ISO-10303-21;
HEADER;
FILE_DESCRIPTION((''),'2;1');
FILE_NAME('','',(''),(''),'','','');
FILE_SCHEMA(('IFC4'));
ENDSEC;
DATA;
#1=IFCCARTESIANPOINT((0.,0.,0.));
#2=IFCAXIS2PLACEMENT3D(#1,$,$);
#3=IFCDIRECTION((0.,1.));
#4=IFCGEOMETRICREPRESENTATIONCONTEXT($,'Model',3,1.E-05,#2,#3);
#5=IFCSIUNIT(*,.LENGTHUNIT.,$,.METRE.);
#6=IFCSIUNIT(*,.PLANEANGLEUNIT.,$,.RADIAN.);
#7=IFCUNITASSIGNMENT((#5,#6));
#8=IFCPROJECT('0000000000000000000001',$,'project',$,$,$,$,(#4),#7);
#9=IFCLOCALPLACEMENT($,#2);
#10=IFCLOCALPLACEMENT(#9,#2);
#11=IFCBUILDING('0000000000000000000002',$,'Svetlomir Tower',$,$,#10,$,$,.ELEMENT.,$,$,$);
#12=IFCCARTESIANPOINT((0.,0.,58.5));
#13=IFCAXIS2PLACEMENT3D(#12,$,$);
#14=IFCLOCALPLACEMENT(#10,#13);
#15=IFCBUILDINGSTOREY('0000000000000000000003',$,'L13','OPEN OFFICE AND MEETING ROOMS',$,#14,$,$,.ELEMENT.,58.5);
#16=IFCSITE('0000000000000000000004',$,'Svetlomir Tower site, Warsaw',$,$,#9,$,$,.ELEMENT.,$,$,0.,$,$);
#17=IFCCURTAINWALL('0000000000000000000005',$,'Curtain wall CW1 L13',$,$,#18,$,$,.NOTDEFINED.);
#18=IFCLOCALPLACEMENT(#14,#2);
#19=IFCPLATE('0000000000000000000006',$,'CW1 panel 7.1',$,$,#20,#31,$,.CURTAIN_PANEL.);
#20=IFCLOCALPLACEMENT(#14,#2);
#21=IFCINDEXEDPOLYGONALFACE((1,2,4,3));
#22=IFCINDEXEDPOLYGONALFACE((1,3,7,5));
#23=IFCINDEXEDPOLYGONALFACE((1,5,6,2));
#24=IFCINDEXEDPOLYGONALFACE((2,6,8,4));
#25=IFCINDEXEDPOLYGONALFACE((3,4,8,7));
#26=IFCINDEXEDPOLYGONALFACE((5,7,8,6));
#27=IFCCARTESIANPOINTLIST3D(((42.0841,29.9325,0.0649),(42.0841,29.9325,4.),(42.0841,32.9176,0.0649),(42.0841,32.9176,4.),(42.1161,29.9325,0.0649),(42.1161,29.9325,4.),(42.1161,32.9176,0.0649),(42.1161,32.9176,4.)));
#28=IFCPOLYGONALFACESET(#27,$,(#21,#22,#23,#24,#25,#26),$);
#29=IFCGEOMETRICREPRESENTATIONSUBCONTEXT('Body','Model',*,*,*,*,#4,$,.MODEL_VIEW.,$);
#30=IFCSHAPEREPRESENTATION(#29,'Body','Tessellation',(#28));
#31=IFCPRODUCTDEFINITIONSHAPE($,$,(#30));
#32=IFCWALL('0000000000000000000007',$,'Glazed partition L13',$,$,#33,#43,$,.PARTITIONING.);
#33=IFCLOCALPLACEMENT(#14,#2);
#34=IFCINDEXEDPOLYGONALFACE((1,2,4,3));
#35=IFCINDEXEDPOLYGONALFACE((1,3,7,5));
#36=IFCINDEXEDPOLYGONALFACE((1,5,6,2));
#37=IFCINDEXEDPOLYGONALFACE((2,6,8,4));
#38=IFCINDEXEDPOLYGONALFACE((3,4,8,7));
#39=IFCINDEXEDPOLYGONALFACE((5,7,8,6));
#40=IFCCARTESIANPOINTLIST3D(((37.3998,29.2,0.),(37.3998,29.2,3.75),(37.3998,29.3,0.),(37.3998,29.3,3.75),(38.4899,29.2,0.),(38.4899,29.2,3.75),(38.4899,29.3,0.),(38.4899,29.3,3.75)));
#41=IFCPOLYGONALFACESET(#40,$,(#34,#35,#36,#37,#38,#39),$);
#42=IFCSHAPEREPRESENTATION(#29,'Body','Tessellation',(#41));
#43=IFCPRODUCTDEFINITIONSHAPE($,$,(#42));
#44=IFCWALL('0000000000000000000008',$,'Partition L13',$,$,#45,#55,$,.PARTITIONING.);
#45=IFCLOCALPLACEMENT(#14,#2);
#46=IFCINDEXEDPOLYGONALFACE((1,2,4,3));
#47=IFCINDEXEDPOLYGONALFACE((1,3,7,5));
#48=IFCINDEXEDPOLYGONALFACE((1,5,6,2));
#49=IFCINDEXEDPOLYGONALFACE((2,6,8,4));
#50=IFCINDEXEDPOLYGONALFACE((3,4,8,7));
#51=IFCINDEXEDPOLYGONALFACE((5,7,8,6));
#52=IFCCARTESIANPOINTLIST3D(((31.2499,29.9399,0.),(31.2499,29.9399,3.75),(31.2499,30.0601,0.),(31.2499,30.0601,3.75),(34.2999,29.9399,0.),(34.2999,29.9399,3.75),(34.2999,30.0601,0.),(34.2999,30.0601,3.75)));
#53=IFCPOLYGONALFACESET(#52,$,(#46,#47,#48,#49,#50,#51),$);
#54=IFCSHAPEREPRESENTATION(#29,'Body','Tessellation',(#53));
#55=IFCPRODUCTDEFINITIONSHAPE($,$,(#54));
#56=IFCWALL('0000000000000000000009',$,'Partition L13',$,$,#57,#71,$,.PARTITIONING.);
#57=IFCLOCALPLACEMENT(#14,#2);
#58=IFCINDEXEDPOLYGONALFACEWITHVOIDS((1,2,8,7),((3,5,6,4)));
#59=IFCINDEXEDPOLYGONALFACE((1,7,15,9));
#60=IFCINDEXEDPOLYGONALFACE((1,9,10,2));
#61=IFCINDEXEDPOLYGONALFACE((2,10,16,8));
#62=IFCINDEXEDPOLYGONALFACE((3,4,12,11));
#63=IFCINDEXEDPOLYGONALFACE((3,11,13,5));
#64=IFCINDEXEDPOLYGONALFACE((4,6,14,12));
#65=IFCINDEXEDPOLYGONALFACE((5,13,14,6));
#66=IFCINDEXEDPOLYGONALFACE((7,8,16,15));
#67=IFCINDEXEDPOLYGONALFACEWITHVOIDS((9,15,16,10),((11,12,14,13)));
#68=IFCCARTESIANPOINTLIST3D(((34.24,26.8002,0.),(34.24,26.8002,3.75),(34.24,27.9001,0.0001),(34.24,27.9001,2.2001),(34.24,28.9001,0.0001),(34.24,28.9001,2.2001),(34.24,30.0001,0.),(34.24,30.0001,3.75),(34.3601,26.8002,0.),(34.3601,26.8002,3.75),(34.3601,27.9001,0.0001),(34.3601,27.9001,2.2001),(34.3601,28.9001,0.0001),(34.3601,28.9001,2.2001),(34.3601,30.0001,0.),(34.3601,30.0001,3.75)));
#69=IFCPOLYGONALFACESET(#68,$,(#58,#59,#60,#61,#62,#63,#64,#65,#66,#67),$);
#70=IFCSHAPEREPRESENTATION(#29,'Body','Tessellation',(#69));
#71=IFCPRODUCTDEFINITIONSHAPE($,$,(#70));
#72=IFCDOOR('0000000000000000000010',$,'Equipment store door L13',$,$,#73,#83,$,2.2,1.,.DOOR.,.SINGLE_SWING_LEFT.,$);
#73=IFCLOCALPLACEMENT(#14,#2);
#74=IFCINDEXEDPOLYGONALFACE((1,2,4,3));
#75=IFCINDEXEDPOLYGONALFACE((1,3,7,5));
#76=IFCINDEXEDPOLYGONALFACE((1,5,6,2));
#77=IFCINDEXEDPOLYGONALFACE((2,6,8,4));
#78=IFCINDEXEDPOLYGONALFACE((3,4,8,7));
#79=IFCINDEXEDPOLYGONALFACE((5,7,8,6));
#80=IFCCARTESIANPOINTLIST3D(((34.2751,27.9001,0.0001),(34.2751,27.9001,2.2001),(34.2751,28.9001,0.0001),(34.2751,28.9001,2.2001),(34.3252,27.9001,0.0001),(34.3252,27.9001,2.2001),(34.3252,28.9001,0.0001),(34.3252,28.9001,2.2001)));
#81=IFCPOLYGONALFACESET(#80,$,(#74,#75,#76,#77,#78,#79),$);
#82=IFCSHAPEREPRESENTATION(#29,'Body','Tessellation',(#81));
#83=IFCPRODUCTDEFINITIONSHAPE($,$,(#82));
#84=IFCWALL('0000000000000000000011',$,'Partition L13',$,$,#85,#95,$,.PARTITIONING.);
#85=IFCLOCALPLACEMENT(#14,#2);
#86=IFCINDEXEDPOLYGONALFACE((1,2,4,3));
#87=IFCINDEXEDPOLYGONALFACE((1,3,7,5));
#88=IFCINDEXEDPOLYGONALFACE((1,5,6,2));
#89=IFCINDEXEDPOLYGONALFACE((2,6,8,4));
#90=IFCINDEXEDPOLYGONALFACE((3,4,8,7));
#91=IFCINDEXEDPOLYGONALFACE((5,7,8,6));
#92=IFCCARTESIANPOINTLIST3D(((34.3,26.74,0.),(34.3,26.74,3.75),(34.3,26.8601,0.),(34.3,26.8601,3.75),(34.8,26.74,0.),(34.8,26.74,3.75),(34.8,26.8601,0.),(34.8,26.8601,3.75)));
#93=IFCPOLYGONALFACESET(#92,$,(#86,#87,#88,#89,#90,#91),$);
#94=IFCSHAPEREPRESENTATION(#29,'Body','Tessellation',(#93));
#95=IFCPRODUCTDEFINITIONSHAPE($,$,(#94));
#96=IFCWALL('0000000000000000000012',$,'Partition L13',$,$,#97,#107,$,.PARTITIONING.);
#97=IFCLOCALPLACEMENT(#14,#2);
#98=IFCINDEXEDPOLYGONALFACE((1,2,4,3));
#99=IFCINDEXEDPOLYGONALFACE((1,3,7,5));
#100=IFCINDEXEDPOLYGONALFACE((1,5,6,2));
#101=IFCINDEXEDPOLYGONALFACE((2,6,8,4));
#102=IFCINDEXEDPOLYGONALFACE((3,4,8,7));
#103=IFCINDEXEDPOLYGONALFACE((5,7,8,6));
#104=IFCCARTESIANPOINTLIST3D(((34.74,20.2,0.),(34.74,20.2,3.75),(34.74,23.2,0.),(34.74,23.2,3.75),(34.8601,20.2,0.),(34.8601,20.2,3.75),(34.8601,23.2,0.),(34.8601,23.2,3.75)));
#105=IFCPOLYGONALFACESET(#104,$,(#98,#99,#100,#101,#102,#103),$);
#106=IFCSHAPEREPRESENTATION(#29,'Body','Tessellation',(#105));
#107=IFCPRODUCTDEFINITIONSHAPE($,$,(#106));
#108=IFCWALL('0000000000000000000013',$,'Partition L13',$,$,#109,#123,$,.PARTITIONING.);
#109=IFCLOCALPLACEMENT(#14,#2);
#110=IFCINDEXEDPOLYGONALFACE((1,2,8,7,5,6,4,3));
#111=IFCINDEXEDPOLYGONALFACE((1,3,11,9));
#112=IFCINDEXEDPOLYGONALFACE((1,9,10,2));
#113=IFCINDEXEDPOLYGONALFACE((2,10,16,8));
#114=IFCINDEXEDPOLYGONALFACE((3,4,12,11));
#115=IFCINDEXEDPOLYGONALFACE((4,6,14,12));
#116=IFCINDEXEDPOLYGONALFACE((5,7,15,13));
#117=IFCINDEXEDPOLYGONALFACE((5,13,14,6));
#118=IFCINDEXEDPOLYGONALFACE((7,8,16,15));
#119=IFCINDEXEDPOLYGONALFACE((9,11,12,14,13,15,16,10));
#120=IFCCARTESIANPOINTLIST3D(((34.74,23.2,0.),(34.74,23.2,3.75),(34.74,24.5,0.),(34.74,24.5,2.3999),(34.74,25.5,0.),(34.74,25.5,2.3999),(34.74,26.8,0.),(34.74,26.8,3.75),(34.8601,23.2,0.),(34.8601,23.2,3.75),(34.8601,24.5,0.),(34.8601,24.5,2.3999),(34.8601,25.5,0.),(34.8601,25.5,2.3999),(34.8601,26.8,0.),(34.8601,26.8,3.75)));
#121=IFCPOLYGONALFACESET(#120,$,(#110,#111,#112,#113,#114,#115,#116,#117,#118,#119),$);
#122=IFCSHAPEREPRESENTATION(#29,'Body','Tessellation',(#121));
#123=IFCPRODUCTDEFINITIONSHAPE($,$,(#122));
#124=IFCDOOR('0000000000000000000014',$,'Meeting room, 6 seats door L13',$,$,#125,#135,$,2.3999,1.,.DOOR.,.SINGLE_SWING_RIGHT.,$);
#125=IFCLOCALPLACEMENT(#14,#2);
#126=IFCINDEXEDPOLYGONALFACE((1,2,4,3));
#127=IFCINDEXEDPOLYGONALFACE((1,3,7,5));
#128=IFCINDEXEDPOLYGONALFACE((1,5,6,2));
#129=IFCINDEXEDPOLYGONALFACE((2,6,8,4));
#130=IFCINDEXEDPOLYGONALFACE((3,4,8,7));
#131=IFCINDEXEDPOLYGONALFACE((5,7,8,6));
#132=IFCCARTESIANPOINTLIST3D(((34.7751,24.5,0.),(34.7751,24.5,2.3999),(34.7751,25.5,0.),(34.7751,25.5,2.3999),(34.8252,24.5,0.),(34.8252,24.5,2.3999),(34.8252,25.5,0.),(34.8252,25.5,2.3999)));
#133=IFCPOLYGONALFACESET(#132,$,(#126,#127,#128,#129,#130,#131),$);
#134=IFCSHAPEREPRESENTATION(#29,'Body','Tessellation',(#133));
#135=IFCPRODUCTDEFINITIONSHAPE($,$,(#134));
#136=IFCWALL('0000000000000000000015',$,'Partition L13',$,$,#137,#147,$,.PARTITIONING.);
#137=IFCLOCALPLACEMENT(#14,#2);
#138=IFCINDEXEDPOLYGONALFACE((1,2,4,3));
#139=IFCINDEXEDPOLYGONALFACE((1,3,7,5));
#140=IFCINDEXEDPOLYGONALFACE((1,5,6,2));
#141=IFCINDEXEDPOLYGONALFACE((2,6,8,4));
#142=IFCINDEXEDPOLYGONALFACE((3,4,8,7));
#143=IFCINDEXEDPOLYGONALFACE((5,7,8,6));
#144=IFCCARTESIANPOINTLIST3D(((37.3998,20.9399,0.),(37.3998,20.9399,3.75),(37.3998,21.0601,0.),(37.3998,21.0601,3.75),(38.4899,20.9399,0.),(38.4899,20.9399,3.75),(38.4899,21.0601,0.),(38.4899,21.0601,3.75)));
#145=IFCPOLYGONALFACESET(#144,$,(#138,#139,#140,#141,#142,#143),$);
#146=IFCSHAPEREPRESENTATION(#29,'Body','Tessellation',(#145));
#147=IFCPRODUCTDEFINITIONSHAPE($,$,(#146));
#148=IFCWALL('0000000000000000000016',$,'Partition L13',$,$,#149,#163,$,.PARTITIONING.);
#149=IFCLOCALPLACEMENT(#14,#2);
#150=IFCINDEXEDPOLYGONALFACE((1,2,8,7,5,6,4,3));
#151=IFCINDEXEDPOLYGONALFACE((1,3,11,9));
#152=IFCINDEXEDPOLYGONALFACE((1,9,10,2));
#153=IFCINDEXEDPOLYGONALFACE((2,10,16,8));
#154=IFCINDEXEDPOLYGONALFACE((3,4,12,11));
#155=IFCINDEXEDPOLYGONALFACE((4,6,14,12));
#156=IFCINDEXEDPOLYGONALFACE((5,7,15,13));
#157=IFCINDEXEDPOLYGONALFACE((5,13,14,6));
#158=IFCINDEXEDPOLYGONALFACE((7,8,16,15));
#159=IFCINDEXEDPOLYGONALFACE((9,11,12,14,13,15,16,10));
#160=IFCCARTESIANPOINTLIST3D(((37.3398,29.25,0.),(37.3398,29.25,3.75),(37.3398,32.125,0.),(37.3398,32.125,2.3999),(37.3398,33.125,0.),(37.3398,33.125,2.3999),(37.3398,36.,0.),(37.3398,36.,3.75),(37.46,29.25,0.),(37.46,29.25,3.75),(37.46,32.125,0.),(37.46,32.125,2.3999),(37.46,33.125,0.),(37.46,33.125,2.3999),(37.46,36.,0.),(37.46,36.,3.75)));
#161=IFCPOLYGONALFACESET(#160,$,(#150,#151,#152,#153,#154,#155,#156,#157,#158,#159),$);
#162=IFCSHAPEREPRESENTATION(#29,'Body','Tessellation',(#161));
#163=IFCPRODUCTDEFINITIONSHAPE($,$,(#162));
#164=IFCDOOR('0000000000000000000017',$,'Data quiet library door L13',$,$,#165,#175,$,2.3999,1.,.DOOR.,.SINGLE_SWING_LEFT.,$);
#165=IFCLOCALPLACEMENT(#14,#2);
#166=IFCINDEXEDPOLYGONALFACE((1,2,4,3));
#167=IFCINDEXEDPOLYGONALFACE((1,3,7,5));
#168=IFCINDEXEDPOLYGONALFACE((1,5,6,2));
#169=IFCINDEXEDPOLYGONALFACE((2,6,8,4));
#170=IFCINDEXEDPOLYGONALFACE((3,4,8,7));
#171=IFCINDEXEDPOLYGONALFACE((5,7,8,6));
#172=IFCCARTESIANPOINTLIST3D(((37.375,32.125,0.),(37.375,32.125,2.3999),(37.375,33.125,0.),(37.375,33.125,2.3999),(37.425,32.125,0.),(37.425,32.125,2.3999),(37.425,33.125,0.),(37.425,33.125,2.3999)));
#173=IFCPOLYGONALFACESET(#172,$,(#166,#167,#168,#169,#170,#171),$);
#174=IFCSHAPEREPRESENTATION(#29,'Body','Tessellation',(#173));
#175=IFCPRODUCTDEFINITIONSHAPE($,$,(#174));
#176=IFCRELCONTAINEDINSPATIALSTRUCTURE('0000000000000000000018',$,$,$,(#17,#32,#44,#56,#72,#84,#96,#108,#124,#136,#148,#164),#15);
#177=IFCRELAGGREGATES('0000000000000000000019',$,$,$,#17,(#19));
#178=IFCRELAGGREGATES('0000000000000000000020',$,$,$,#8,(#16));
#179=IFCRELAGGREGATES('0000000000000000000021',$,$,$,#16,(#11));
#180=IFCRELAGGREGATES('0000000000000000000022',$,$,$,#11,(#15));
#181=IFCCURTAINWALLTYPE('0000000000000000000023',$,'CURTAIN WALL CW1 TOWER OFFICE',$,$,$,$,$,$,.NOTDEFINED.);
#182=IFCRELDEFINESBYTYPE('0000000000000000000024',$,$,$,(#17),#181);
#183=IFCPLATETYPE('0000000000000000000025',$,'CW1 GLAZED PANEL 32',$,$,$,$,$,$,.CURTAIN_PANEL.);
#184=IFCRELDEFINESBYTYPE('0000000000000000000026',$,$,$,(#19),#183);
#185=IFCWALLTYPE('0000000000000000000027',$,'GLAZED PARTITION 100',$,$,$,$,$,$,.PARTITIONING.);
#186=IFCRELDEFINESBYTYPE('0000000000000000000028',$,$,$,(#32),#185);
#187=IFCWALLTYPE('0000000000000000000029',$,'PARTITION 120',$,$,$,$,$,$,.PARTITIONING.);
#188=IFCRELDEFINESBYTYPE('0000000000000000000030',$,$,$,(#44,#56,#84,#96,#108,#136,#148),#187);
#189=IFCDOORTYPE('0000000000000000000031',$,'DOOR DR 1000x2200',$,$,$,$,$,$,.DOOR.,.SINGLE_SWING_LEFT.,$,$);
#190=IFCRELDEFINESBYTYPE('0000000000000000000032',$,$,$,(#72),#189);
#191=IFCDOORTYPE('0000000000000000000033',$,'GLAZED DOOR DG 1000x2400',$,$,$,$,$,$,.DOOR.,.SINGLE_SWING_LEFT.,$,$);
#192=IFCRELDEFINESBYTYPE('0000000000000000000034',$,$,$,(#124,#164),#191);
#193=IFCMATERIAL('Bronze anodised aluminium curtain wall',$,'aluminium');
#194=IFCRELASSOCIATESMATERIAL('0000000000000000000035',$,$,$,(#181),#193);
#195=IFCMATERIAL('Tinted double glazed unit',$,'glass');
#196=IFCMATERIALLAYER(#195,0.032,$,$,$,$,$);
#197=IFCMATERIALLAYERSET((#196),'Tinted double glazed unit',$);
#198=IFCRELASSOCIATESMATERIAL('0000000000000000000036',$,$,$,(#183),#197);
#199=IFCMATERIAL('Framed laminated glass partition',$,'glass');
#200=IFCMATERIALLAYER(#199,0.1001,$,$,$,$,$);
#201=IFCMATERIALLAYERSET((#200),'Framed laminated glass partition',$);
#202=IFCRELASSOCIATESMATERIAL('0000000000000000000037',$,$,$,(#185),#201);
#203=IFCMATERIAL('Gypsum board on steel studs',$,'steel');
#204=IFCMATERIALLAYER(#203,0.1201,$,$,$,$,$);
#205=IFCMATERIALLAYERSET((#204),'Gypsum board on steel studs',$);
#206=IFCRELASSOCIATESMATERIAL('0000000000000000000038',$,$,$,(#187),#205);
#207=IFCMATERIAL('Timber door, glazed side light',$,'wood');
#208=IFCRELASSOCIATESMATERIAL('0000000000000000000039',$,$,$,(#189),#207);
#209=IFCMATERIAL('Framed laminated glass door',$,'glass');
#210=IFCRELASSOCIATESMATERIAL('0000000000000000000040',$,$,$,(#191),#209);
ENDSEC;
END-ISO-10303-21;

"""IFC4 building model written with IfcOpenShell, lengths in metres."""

from ifc_helpers import new_model, si_unit, direction, frame, frame_2d, origin, origin_2d, place, context, subcontext, project, spatial, rectangle, extrude, material, layer, layer_set, type_object, element, fill, aggregate, save


model = new_model("IFC4")

# Units and contexts
model_context = context("Model", 3, precision=1e-05, world=origin(), true_north=direction((0.0, 1.0)))
body_context = subcontext(model_context, "Body", "Model", "MODEL_VIEW")
ifc_project = project(units=[si_unit("LENGTHUNIT", "METRE"), si_unit("PLANEANGLEUNIT", "RADIAN")], contexts=[model_context])

# Site, building, storey
site_placement = place(None, origin())
site = spatial("IfcSite", under=ifc_project, at=site_placement, Name="Svetlomir Tower site, Warsaw", CompositionType="ELEMENT", RefElevation=0.0)
building_placement = place(site_placement, origin())
building = spatial("IfcBuilding", under=site, at=building_placement, Name="Svetlomir Tower", CompositionType="ELEMENT")
storey_placement = place(building_placement, frame((0.0, 0.0, 58.5)))
storey = spatial("IfcBuildingStorey", under=building, at=storey_placement, Name="L13", Description="OPEN OFFICE AND MEETING ROOMS", CompositionType="ELEMENT", Elevation=58.5)

# Curtain wall
ifc_material_1 = material(Name="Bronze anodised aluminium curtain wall", Category="aluminium")
curtain_wall_type = type_object("IfcCurtainWallType", Name="CURTAIN WALL CW1 TOWER OFFICE", PredefinedType="NOTDEFINED", material=ifc_material_1)
curtain_wall_placement = place(storey_placement, origin())
curtain_wall = element("IfcCurtainWall", 1, at=curtain_wall_placement, inside=storey, type_object=curtain_wall_type, Name="Curtain wall CW1 L13", PredefinedType="NOTDEFINED")

# Plate
ifc_material_2 = material(Name="Tinted double glazed unit", Category="glass")
ifc_layer_1 = layer(ifc_material_2, 0.032)
ifc_layer_set_1 = layer_set([ifc_layer_1], Name="Tinted double glazed unit")
plate_type = type_object("IfcPlateType", Name="CW1 GLAZED PANEL 32", PredefinedType="CURTAIN_PANEL", material=ifc_layer_set_1)
plate_1_placement = place(storey_placement, frame((42.1001, 31.425, 0.0649), z_axis=(0.0, 0.0, 1.0), x_axis=(0.0, 1.0, 0.0)))
plate_1 = element("IfcPlate", 2, at=plate_1_placement, type_object=plate_type, Name="CW1 panel 7.1", PredefinedType="CURTAIN_PANEL", context=body_context, shape_type="SweptSolid", body=[
    extrude(rectangle(XDim=2.9851, YDim=0.032, at=origin_2d()), origin(), (0.0, 0.0, 1.0), 3.9351),
])
aggregate(curtain_wall, [plate_1])

# Walls
ifc_material_3 = material(Name="Framed laminated glass partition", Category="glass")
ifc_layer_2 = layer(ifc_material_3, 0.1001)
ifc_layer_set_2 = layer_set([ifc_layer_2], Name="Framed laminated glass partition")
wall_type_1 = type_object("IfcWallType", Name="GLAZED PARTITION 100", PredefinedType="PARTITIONING", material=ifc_layer_set_2)
wall_1_placement = place(storey_placement, frame((37.3999, 29.25, 0.0), z_axis=(0.0, 0.0, 1.0), x_axis=(1.0, 0.0, 0.0)))
element("IfcWall", 3, at=wall_1_placement, inside=storey, type_object=wall_type_1, Name="Glazed partition L13", PredefinedType="PARTITIONING", context=body_context, shape_type="SweptSolid", body=[
    extrude(rectangle(XDim=1.0901, YDim=0.1001, at=frame_2d((0.5449, 0.0))), origin(), (0.0, 0.0, 1.0), 3.75),
])
ifc_material_4 = material(Name="Gypsum board on steel studs", Category="steel")
ifc_layer_3 = layer(ifc_material_4, 0.1201)
ifc_layer_set_3 = layer_set([ifc_layer_3], Name="Gypsum board on steel studs")
wall_type_2 = type_object("IfcWallType", Name="PARTITION 120", PredefinedType="PARTITIONING", material=ifc_layer_set_3)
wall_2_placement = place(storey_placement, frame((31.25, 30.0, 0.0), z_axis=(0.0, 0.0, 1.0), x_axis=(1.0, 0.0, 0.0)))
element("IfcWall", 4, at=wall_2_placement, inside=storey, type_object=wall_type_2, Name="Partition L13", PredefinedType="PARTITIONING", context=body_context, shape_type="SweptSolid", body=[
    extrude(rectangle(XDim=3.05, YDim=0.1201, at=frame_2d((1.5249, 0.0))), origin(), (0.0, 0.0, 1.0), 3.75),
])

# Wall, opening, door
wall_3_placement = place(storey_placement, frame((34.3, 26.8, 0.0), z_axis=(0.0, 0.0, 1.0), x_axis=(0.0, 1.0, 0.0)))
wall_3 = element("IfcWall", 5, at=wall_3_placement, inside=storey, type_object=wall_type_2, Name="Partition L13", PredefinedType="PARTITIONING", context=body_context, shape_type="SweptSolid", body=[
    extrude(rectangle(XDim=3.2, YDim=0.1201, at=frame_2d((1.6001, 0.0))), origin(), (0.0, 0.0, 1.0), 3.75),
])
opening_1_placement = place(wall_3_placement, frame((1.1001, 0.0, 0.0)))
opening_1 = element("IfcOpeningElement", 6, at=opening_1_placement, cuts=wall_3, PredefinedType="OPENING", context=body_context, shape_type="SweptSolid", body=[
    extrude(rectangle(XDim=1.0, YDim=2.2, at=frame_2d((0.5, 1.1001))), frame((0.0, 0.0701, 0.0), z_axis=(0.0, -1.0, 0.0), x_axis=(1.0, 0.0, 0.0)), (0.0, 0.0, 1.0), 0.1401),
])
ifc_material_5 = material(Name="Timber door, glazed side light", Category="wood")
door_type_1 = type_object("IfcDoorType", Name="DOOR DR 1000x2200", OperationType="SINGLE_SWING_LEFT", PredefinedType="DOOR", material=ifc_material_5)
door_1_placement = place(opening_1_placement, origin())
door_1 = element("IfcDoor", 7, at=door_1_placement, inside=storey, type_object=door_type_1, Name="Equipment store door L13", OperationType="SINGLE_SWING_LEFT", OverallHeight=2.2, OverallWidth=1.0, PredefinedType="DOOR", context=body_context, shape_type="SweptSolid", body=[
    extrude(rectangle(XDim=1.0, YDim=2.2, at=frame_2d((0.5, 1.1001))), frame((0.0, 0.0249, 0.0), z_axis=(0.0, -1.0, 0.0), x_axis=(1.0, 0.0, 0.0)), (0.0, 0.0, 1.0), 0.05),
])
fill(opening_1, door_1)

# Walls
wall_4_placement = place(storey_placement, frame((34.3, 26.8, 0.0), z_axis=(0.0, 0.0, 1.0), x_axis=(1.0, 0.0, 0.0)))
element("IfcWall", 8, at=wall_4_placement, inside=storey, type_object=wall_type_2, Name="Partition L13", PredefinedType="PARTITIONING", context=body_context, shape_type="SweptSolid", body=[
    extrude(rectangle(XDim=0.5, YDim=0.1201, at=frame_2d((0.25, 0.0))), origin(), (0.0, 0.0, 1.0), 3.75),
])
wall_5_placement = place(storey_placement, frame((34.8, 20.2, 0.0), z_axis=(0.0, 0.0, 1.0), x_axis=(0.0, 1.0, 0.0)))
element("IfcWall", 9, at=wall_5_placement, inside=storey, type_object=wall_type_2, Name="Partition L13", PredefinedType="PARTITIONING", context=body_context, shape_type="SweptSolid", body=[
    extrude(rectangle(XDim=3.0, YDim=0.1201, at=frame_2d((1.5, 0.0))), origin(), (0.0, 0.0, 1.0), 3.75),
])

# Wall, opening, door
wall_6_placement = place(storey_placement, frame((34.8, 23.2, 0.0), z_axis=(0.0, 0.0, 1.0), x_axis=(0.0, 1.0, 0.0)))
wall_6 = element("IfcWall", 10, at=wall_6_placement, inside=storey, type_object=wall_type_2, Name="Partition L13", PredefinedType="PARTITIONING", context=body_context, shape_type="SweptSolid", body=[
    extrude(rectangle(XDim=3.6001, YDim=0.1201, at=frame_2d((1.8, 0.0))), origin(), (0.0, 0.0, 1.0), 3.75),
])
opening_2_placement = place(wall_6_placement, frame((1.3, 0.0, 0.0)))
opening_2 = element("IfcOpeningElement", 11, at=opening_2_placement, cuts=wall_6, PredefinedType="OPENING", context=body_context, shape_type="SweptSolid", body=[
    extrude(rectangle(XDim=1.0, YDim=2.3999, at=frame_2d((0.5, 1.2))), frame((0.0, 0.0701, 0.0), z_axis=(0.0, -1.0, 0.0), x_axis=(1.0, 0.0, 0.0)), (0.0, 0.0, 1.0), 0.1401),
])
ifc_material_6 = material(Name="Framed laminated glass door", Category="glass")
door_type_2 = type_object("IfcDoorType", Name="GLAZED DOOR DG 1000x2400", OperationType="SINGLE_SWING_LEFT", PredefinedType="DOOR", material=ifc_material_6)
door_2_placement = place(opening_2_placement, origin())
door_2 = element("IfcDoor", 12, at=door_2_placement, inside=storey, type_object=door_type_2, Name="Meeting room, 6 seats door L13", OperationType="SINGLE_SWING_RIGHT", OverallHeight=2.3999, OverallWidth=1.0, PredefinedType="DOOR", context=body_context, shape_type="SweptSolid", body=[
    extrude(rectangle(XDim=1.0, YDim=2.3999, at=frame_2d((0.5, 1.2))), frame((0.0, 0.0249, 0.0), z_axis=(0.0, -1.0, 0.0), x_axis=(1.0, 0.0, 0.0)), (0.0, 0.0, 1.0), 0.05),
])
fill(opening_2, door_2)

# Wall
wall_7_placement = place(storey_placement, frame((37.3999, 21.0, 0.0), z_axis=(0.0, 0.0, 1.0), x_axis=(1.0, 0.0, 0.0)))
element("IfcWall", 13, at=wall_7_placement, inside=storey, type_object=wall_type_2, Name="Partition L13", PredefinedType="PARTITIONING", context=body_context, shape_type="SweptSolid", body=[
    extrude(rectangle(XDim=1.0901, YDim=0.1201, at=frame_2d((0.5449, 0.0))), origin(), (0.0, 0.0, 1.0), 3.75),
])

# Wall, opening, door
wall_8_placement = place(storey_placement, frame((37.3999, 29.25, 0.0), z_axis=(0.0, 0.0, 1.0), x_axis=(0.0, 1.0, 0.0)))
wall_8 = element("IfcWall", 14, at=wall_8_placement, inside=storey, type_object=wall_type_2, Name="Partition L13", PredefinedType="PARTITIONING", context=body_context, shape_type="SweptSolid", body=[
    extrude(rectangle(XDim=6.75, YDim=0.1201, at=frame_2d((3.375, 0.0))), origin(), (0.0, 0.0, 1.0), 3.75),
])
opening_3_placement = place(wall_8_placement, frame((2.875, 0.0, 0.0)))
opening_3 = element("IfcOpeningElement", 15, at=opening_3_placement, cuts=wall_8, PredefinedType="OPENING", context=body_context, shape_type="SweptSolid", body=[
    extrude(rectangle(XDim=1.0, YDim=2.3999, at=frame_2d((0.5, 1.2))), frame((0.0, 0.0701, 0.0), z_axis=(0.0, -1.0, 0.0), x_axis=(1.0, 0.0, 0.0)), (0.0, 0.0, 1.0), 0.1401),
])
door_3_placement = place(opening_3_placement, origin())
door_3 = element("IfcDoor", 16, at=door_3_placement, inside=storey, type_object=door_type_2, Name="Data quiet library door L13", OperationType="SINGLE_SWING_LEFT", OverallHeight=2.3999, OverallWidth=1.0, PredefinedType="DOOR", context=body_context, shape_type="SweptSolid", body=[
    extrude(rectangle(XDim=1.0, YDim=2.3999, at=frame_2d((0.5, 1.2))), frame((0.0, 0.0249, 0.0), z_axis=(0.0, -1.0, 0.0), x_axis=(1.0, 0.0, 0.0)), (0.0, 0.0, 1.0), 0.05),
])
fill(opening_3, door_3)

save(model, "model.ifc")
